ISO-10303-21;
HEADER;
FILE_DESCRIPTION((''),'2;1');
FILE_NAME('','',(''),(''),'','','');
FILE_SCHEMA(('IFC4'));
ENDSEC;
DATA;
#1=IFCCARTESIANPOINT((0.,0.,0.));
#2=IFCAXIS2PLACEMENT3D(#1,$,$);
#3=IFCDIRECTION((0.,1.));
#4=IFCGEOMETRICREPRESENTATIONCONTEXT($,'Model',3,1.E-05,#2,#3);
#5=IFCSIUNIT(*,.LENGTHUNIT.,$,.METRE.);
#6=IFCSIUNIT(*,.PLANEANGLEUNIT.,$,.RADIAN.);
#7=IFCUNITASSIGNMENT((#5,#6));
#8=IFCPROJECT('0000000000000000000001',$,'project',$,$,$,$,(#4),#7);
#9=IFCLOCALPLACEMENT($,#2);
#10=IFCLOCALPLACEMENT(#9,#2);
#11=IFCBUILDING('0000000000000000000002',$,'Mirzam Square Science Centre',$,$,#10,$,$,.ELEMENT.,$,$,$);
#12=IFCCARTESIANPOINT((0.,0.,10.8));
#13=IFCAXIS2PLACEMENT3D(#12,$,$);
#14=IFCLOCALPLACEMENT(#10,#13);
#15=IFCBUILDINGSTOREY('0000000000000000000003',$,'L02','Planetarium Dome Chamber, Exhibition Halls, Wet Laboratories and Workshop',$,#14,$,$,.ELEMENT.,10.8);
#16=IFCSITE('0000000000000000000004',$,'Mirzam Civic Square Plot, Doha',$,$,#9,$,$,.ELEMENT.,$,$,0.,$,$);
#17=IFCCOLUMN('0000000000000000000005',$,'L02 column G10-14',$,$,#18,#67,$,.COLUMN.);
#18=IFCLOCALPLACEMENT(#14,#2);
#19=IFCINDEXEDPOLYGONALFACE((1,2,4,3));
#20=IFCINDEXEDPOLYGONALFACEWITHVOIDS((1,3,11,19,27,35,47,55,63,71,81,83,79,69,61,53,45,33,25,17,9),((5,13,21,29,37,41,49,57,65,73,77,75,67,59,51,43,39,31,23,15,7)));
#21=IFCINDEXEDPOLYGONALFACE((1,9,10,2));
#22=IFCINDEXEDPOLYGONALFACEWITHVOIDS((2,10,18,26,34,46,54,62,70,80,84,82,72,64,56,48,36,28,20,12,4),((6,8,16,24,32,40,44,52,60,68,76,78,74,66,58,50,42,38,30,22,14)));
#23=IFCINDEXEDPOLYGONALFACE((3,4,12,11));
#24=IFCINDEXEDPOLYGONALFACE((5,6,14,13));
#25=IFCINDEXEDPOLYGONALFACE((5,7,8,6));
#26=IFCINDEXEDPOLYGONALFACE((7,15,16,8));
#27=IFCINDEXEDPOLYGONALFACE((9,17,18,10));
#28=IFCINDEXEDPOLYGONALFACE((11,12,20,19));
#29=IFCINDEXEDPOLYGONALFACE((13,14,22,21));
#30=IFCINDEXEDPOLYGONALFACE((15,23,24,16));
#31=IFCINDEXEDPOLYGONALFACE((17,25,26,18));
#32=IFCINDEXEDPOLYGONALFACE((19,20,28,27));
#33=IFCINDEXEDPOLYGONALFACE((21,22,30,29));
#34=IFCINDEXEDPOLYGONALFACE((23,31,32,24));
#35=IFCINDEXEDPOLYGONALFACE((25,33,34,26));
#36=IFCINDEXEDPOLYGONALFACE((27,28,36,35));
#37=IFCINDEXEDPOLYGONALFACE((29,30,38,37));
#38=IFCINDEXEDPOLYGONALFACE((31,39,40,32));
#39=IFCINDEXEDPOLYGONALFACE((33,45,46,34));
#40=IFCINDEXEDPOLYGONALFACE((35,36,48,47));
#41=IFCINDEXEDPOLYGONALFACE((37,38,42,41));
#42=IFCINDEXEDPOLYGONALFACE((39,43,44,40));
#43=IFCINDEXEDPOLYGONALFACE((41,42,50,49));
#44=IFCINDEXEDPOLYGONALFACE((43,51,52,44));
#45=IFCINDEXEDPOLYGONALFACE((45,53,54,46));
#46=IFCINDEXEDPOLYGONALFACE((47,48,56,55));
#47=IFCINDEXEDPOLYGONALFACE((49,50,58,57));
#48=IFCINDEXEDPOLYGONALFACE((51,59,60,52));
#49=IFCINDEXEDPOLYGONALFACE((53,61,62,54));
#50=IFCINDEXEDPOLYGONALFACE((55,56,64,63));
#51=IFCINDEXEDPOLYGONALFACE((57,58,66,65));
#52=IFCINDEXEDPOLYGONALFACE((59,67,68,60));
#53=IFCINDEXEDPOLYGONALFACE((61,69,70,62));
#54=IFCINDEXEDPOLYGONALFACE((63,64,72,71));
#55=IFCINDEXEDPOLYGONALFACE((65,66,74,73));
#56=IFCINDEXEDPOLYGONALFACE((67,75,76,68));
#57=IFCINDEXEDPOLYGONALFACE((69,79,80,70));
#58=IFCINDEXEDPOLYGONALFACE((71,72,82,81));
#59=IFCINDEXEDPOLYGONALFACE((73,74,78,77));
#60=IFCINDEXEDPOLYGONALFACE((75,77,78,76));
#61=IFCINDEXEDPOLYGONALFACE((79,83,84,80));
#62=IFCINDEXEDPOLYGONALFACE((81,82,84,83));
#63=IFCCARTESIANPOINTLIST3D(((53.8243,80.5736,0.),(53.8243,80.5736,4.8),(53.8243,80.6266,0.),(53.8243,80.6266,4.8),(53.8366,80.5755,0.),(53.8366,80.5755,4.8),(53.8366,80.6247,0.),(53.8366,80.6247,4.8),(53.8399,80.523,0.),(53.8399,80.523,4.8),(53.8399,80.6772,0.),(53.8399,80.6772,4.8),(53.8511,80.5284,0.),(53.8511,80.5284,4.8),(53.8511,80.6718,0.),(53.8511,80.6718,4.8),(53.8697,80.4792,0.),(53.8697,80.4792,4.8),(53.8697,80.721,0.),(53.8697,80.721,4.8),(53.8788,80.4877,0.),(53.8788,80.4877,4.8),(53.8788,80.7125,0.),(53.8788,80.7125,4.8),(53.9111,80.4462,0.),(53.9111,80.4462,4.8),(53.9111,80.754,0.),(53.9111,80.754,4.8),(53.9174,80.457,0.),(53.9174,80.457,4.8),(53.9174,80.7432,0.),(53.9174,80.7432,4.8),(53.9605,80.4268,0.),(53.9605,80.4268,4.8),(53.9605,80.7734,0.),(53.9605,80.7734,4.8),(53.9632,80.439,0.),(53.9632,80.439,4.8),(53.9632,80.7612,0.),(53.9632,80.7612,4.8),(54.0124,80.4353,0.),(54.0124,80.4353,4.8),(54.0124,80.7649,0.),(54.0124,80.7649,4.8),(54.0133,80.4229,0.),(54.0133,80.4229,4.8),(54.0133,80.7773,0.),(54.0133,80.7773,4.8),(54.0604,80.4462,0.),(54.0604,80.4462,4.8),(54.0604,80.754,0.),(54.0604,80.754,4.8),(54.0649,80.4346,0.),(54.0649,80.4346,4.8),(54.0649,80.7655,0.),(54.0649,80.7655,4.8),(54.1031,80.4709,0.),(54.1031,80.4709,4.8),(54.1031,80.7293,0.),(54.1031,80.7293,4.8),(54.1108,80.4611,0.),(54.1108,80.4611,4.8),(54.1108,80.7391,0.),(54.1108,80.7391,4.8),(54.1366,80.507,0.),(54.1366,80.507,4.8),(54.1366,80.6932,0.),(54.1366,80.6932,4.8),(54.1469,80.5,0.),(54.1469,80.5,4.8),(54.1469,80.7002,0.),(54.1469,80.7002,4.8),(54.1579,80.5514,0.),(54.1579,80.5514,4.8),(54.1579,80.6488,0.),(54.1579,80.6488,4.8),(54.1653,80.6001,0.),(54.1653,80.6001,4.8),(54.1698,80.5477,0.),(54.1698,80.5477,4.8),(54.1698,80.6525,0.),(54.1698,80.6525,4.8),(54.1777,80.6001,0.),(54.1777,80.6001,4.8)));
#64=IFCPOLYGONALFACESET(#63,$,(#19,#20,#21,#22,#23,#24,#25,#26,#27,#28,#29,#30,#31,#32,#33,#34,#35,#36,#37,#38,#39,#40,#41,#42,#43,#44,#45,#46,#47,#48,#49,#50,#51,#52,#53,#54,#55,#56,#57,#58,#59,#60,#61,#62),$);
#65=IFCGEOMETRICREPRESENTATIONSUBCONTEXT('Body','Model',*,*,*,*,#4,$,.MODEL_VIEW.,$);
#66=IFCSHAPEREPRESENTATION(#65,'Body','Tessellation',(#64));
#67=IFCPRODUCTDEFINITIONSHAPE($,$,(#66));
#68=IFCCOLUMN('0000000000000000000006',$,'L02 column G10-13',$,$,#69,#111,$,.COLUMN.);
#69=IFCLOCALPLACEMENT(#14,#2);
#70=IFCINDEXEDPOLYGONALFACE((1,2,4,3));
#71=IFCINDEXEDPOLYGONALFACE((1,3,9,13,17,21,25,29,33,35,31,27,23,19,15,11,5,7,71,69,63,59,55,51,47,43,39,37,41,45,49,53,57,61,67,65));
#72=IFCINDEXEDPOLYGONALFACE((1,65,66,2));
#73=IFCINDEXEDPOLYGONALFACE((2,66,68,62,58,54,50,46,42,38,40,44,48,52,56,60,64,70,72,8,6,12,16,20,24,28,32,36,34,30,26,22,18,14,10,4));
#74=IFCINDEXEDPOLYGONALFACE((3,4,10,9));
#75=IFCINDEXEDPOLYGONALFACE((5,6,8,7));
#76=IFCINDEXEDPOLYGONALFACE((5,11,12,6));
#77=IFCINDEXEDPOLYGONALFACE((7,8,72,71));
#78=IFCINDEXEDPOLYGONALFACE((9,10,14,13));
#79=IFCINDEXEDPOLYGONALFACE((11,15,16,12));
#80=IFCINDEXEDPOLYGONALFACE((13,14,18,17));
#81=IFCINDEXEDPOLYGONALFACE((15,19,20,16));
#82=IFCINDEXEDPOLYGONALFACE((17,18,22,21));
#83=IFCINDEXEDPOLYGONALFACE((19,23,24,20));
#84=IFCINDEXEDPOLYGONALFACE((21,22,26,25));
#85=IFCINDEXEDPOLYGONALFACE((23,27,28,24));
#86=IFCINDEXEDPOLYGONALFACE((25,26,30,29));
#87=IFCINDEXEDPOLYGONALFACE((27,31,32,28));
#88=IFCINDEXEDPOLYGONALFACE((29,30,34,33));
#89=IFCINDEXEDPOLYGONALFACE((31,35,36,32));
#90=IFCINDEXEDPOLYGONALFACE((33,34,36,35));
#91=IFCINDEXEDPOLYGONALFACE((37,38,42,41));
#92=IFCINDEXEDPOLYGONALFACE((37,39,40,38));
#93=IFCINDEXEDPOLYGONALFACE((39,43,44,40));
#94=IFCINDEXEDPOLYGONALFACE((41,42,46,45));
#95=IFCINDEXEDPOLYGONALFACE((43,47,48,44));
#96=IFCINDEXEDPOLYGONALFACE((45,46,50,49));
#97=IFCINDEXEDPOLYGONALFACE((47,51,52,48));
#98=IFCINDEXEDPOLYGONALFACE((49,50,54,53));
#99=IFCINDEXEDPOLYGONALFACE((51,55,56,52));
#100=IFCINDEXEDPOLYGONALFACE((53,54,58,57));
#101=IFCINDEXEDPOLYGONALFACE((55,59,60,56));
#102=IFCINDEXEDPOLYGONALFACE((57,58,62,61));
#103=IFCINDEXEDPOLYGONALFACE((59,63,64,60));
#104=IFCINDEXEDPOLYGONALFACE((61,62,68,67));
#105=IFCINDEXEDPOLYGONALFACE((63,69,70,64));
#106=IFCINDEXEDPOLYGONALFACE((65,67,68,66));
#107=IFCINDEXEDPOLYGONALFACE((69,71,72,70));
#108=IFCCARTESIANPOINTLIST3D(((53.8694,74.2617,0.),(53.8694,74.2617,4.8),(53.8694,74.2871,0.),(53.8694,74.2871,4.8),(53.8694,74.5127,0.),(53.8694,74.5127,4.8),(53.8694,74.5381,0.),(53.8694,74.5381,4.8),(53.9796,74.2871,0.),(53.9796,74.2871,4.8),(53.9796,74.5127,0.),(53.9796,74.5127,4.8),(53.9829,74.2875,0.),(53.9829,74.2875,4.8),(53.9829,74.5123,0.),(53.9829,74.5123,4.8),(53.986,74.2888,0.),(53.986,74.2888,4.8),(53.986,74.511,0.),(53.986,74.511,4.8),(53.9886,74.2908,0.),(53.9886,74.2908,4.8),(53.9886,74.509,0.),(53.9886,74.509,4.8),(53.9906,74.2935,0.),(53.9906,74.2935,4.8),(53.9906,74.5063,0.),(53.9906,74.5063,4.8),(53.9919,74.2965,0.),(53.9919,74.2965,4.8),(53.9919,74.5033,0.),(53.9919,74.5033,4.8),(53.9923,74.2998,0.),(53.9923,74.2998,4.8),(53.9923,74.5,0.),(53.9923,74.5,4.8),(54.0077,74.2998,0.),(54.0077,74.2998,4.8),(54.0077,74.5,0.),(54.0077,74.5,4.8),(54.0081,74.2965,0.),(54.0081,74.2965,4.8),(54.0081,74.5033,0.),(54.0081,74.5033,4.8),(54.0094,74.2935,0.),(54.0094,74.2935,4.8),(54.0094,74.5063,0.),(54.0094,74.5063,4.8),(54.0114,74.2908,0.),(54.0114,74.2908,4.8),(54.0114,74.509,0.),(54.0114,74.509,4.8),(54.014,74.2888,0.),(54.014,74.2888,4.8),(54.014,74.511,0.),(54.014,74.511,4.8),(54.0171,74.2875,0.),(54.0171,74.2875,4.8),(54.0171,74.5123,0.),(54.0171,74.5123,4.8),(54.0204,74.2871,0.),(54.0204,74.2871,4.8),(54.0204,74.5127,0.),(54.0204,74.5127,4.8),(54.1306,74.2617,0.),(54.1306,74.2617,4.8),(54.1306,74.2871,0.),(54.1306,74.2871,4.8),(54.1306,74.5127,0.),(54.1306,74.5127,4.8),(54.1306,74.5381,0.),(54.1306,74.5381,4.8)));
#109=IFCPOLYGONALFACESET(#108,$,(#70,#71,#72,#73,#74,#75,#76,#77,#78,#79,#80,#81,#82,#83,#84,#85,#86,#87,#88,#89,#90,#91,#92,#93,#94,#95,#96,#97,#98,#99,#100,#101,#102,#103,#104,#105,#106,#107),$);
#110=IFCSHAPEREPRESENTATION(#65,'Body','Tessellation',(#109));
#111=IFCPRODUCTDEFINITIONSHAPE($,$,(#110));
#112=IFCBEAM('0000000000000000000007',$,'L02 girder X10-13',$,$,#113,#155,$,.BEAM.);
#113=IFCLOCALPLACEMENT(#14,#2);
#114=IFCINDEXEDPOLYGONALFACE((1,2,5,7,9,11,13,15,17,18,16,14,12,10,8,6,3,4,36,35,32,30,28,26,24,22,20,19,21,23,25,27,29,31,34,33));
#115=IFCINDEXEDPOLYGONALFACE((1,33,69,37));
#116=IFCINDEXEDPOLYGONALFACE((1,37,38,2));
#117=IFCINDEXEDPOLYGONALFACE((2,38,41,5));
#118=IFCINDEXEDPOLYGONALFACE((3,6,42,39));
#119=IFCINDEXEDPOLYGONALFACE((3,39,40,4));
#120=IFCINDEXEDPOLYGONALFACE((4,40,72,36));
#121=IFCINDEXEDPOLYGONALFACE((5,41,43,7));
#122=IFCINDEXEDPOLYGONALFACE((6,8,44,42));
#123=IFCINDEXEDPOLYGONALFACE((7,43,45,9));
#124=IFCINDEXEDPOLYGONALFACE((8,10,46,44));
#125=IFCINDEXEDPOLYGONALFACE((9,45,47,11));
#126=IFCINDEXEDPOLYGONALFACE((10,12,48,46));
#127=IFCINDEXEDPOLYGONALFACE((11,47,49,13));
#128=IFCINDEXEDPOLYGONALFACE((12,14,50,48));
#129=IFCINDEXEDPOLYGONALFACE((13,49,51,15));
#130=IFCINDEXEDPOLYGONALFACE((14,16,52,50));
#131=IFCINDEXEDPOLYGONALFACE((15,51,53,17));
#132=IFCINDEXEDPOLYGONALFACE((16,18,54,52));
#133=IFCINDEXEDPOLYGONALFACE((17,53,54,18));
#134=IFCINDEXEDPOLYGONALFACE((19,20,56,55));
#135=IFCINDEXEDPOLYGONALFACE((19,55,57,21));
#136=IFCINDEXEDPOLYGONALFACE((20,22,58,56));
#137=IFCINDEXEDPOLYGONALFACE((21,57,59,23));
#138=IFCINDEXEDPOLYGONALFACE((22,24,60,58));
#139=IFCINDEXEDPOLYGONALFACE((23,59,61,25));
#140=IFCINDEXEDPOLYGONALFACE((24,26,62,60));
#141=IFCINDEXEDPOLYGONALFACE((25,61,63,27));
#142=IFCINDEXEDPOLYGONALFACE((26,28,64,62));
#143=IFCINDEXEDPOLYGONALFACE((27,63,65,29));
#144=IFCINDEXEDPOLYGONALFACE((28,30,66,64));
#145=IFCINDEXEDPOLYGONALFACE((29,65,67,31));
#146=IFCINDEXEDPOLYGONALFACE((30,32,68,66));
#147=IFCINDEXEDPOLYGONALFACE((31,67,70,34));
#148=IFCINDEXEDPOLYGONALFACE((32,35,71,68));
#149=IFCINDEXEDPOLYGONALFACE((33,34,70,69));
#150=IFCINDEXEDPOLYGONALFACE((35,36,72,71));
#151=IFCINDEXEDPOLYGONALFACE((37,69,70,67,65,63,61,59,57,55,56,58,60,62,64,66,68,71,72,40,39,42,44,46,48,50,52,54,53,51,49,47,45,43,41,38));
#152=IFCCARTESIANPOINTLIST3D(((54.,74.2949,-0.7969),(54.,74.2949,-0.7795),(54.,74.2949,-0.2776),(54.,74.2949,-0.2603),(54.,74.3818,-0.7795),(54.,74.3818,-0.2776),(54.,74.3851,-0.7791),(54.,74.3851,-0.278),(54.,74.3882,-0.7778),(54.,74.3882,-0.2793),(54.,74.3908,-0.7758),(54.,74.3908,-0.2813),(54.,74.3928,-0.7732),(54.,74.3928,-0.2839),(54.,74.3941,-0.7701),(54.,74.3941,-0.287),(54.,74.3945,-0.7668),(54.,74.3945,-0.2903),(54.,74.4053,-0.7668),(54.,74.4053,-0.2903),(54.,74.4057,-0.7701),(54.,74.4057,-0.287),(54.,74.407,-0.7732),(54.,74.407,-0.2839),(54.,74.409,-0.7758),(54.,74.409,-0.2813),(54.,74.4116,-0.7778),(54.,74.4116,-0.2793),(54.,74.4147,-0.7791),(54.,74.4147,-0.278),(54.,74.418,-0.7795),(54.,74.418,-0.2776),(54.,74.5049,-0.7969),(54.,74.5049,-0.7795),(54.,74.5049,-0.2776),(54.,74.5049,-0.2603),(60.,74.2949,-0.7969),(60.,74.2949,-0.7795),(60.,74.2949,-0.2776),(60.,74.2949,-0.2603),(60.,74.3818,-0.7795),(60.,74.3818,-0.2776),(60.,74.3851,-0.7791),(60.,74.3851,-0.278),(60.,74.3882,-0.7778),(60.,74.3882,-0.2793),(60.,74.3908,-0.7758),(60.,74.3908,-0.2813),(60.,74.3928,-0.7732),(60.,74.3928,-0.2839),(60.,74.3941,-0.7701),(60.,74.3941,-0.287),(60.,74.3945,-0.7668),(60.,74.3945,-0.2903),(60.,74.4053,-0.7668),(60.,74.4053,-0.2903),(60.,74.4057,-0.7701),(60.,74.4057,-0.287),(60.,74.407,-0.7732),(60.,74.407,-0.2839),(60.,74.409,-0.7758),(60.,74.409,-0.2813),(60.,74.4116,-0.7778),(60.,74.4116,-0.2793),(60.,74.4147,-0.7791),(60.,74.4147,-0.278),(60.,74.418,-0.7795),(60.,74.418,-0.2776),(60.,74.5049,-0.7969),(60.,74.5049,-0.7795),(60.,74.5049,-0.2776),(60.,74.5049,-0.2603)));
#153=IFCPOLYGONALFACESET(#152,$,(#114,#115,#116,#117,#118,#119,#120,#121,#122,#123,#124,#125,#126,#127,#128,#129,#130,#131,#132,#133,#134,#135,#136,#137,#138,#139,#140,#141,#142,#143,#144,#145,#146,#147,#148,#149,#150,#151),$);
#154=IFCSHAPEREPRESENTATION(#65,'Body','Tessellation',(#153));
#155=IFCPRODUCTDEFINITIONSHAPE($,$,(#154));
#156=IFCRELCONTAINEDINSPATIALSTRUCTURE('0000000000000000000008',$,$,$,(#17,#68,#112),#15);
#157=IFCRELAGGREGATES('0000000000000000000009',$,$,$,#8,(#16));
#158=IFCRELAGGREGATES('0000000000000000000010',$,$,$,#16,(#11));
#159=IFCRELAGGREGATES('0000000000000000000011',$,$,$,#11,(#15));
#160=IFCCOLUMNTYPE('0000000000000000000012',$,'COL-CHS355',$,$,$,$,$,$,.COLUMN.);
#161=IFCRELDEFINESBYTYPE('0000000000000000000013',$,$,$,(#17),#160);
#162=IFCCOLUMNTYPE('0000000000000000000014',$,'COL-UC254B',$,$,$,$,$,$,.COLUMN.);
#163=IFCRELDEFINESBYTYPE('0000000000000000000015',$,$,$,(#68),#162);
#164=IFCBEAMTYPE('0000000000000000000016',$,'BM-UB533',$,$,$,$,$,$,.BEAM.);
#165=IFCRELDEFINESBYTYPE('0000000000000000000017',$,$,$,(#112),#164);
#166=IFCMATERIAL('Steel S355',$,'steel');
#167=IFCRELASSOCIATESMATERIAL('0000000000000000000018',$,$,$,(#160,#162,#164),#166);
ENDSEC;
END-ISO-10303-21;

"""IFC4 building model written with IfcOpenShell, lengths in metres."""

from ifc_helpers import new_model, si_unit, direction, frame, origin, origin_2d, place, context, subcontext, project, spatial, hollow_circle, i_section, extrude, material, material_profile, profile_set, type_object, element, save


model = new_model("IFC4")

# Units and contexts
model_context = context("Model", 3, precision=1e-05, world=origin(), true_north=direction((0.0, 1.0)))
body_context = subcontext(model_context, "Body", "Model", "MODEL_VIEW")
ifc_project = project(units=[si_unit("LENGTHUNIT", "METRE"), si_unit("PLANEANGLEUNIT", "RADIAN")], contexts=[model_context])

# Site, building, storey
site_placement = place(None, origin())
site = spatial("IfcSite", under=ifc_project, at=site_placement, Name="Mirzam Civic Square Plot, Doha", CompositionType="ELEMENT", RefElevation=0.0)
building_placement = place(site_placement, origin())
building = spatial("IfcBuilding", under=site, at=building_placement, Name="Mirzam Square Science Centre", CompositionType="ELEMENT")
storey_placement = place(building_placement, frame((0.0, 0.0, 10.8)))
storey = spatial("IfcBuildingStorey", under=building, at=storey_placement, Name="L02", Description="Planetarium Dome Chamber, Exhibition Halls, Wet Laboratories and Workshop", CompositionType="ELEMENT", Elevation=10.8)

# Columns
ifc_material_1 = material(Name="Steel S355", Category="steel")
ifc_material_profile_1 = material_profile(ifc_material_1, hollow_circle(Radius=0.1777, WallThickness=0.0125, at=origin_2d()), Name="355.6x12.5CHS")
ifc_profile_set_1 = profile_set([ifc_material_profile_1], Name="Steel S355")
column_type_1 = type_object("IfcColumnType", Name="COL-CHS355", PredefinedType="COLUMN", material=ifc_profile_set_1)
column_1_placement = place(storey_placement, frame((54.0, 80.6001, 0.0), z_axis=(0.0, 0.0, 1.0), x_axis=(1.0, 0.0, 0.0)))
element("IfcColumn", 1, at=column_1_placement, inside=storey, type_object=column_type_1, Name="L02 column G10-14", PredefinedType="COLUMN", context=body_context, shape_type="SweptSolid", body=[
    extrude(hollow_circle(Radius=0.1777, WallThickness=0.0125, at=origin_2d()), origin(), (0.0, 0.0, 1.0), 4.8),
])
ifc_material_profile_2 = material_profile(ifc_material_1, i_section(OverallWidth=0.2612, OverallDepth=0.2764, WebThickness=0.0154, FlangeThickness=0.0254, FilletRadius=0.0127, at=origin_2d()), Name="254x254x132UC")
ifc_profile_set_2 = profile_set([ifc_material_profile_2], Name="Steel S355")
column_type_2 = type_object("IfcColumnType", Name="COL-UC254B", PredefinedType="COLUMN", material=ifc_profile_set_2)
column_2_placement = place(storey_placement, frame((54.0, 74.3999, 0.0), z_axis=(0.0, 0.0, 1.0), x_axis=(1.0, 0.0, 0.0)))
element("IfcColumn", 2, at=column_2_placement, inside=storey, type_object=column_type_2, Name="L02 column G10-13", PredefinedType="COLUMN", context=body_context, shape_type="SweptSolid", body=[
    extrude(i_section(OverallWidth=0.2612, OverallDepth=0.2764, WebThickness=0.0154, FlangeThickness=0.0254, FilletRadius=0.0127, at=origin_2d()), origin(), (0.0, 0.0, 1.0), 4.8),
])

# Beam
ifc_material_profile_3 = material_profile(ifc_material_1, i_section(OverallWidth=0.21, OverallDepth=0.5366, WebThickness=0.0107, FlangeThickness=0.0173, FilletRadius=0.0127, at=origin_2d()), Name="533x210x101UB")
ifc_profile_set_3 = profile_set([ifc_material_profile_3], Name="Steel S355")
beam_type_1 = type_object("IfcBeamType", Name="BM-UB533", PredefinedType="BEAM", material=ifc_profile_set_3)
beam_1_placement = place(storey_placement, frame((54.0, 74.3999, -0.5286), z_axis=(1.0, 0.0, 0.0), x_axis=(0.0, 1.0, 0.0)))
element("IfcBeam", 3, at=beam_1_placement, inside=storey, type_object=beam_type_1, Name="L02 girder X10-13", PredefinedType="BEAM", context=body_context, shape_type="SweptSolid", body=[
    extrude(i_section(OverallWidth=0.21, OverallDepth=0.5366, WebThickness=0.0107, FlangeThickness=0.0173, FilletRadius=0.0127, at=origin_2d()), origin(), (0.0, 0.0, 1.0), 6.0),
])

save(model, "model.ifc")
